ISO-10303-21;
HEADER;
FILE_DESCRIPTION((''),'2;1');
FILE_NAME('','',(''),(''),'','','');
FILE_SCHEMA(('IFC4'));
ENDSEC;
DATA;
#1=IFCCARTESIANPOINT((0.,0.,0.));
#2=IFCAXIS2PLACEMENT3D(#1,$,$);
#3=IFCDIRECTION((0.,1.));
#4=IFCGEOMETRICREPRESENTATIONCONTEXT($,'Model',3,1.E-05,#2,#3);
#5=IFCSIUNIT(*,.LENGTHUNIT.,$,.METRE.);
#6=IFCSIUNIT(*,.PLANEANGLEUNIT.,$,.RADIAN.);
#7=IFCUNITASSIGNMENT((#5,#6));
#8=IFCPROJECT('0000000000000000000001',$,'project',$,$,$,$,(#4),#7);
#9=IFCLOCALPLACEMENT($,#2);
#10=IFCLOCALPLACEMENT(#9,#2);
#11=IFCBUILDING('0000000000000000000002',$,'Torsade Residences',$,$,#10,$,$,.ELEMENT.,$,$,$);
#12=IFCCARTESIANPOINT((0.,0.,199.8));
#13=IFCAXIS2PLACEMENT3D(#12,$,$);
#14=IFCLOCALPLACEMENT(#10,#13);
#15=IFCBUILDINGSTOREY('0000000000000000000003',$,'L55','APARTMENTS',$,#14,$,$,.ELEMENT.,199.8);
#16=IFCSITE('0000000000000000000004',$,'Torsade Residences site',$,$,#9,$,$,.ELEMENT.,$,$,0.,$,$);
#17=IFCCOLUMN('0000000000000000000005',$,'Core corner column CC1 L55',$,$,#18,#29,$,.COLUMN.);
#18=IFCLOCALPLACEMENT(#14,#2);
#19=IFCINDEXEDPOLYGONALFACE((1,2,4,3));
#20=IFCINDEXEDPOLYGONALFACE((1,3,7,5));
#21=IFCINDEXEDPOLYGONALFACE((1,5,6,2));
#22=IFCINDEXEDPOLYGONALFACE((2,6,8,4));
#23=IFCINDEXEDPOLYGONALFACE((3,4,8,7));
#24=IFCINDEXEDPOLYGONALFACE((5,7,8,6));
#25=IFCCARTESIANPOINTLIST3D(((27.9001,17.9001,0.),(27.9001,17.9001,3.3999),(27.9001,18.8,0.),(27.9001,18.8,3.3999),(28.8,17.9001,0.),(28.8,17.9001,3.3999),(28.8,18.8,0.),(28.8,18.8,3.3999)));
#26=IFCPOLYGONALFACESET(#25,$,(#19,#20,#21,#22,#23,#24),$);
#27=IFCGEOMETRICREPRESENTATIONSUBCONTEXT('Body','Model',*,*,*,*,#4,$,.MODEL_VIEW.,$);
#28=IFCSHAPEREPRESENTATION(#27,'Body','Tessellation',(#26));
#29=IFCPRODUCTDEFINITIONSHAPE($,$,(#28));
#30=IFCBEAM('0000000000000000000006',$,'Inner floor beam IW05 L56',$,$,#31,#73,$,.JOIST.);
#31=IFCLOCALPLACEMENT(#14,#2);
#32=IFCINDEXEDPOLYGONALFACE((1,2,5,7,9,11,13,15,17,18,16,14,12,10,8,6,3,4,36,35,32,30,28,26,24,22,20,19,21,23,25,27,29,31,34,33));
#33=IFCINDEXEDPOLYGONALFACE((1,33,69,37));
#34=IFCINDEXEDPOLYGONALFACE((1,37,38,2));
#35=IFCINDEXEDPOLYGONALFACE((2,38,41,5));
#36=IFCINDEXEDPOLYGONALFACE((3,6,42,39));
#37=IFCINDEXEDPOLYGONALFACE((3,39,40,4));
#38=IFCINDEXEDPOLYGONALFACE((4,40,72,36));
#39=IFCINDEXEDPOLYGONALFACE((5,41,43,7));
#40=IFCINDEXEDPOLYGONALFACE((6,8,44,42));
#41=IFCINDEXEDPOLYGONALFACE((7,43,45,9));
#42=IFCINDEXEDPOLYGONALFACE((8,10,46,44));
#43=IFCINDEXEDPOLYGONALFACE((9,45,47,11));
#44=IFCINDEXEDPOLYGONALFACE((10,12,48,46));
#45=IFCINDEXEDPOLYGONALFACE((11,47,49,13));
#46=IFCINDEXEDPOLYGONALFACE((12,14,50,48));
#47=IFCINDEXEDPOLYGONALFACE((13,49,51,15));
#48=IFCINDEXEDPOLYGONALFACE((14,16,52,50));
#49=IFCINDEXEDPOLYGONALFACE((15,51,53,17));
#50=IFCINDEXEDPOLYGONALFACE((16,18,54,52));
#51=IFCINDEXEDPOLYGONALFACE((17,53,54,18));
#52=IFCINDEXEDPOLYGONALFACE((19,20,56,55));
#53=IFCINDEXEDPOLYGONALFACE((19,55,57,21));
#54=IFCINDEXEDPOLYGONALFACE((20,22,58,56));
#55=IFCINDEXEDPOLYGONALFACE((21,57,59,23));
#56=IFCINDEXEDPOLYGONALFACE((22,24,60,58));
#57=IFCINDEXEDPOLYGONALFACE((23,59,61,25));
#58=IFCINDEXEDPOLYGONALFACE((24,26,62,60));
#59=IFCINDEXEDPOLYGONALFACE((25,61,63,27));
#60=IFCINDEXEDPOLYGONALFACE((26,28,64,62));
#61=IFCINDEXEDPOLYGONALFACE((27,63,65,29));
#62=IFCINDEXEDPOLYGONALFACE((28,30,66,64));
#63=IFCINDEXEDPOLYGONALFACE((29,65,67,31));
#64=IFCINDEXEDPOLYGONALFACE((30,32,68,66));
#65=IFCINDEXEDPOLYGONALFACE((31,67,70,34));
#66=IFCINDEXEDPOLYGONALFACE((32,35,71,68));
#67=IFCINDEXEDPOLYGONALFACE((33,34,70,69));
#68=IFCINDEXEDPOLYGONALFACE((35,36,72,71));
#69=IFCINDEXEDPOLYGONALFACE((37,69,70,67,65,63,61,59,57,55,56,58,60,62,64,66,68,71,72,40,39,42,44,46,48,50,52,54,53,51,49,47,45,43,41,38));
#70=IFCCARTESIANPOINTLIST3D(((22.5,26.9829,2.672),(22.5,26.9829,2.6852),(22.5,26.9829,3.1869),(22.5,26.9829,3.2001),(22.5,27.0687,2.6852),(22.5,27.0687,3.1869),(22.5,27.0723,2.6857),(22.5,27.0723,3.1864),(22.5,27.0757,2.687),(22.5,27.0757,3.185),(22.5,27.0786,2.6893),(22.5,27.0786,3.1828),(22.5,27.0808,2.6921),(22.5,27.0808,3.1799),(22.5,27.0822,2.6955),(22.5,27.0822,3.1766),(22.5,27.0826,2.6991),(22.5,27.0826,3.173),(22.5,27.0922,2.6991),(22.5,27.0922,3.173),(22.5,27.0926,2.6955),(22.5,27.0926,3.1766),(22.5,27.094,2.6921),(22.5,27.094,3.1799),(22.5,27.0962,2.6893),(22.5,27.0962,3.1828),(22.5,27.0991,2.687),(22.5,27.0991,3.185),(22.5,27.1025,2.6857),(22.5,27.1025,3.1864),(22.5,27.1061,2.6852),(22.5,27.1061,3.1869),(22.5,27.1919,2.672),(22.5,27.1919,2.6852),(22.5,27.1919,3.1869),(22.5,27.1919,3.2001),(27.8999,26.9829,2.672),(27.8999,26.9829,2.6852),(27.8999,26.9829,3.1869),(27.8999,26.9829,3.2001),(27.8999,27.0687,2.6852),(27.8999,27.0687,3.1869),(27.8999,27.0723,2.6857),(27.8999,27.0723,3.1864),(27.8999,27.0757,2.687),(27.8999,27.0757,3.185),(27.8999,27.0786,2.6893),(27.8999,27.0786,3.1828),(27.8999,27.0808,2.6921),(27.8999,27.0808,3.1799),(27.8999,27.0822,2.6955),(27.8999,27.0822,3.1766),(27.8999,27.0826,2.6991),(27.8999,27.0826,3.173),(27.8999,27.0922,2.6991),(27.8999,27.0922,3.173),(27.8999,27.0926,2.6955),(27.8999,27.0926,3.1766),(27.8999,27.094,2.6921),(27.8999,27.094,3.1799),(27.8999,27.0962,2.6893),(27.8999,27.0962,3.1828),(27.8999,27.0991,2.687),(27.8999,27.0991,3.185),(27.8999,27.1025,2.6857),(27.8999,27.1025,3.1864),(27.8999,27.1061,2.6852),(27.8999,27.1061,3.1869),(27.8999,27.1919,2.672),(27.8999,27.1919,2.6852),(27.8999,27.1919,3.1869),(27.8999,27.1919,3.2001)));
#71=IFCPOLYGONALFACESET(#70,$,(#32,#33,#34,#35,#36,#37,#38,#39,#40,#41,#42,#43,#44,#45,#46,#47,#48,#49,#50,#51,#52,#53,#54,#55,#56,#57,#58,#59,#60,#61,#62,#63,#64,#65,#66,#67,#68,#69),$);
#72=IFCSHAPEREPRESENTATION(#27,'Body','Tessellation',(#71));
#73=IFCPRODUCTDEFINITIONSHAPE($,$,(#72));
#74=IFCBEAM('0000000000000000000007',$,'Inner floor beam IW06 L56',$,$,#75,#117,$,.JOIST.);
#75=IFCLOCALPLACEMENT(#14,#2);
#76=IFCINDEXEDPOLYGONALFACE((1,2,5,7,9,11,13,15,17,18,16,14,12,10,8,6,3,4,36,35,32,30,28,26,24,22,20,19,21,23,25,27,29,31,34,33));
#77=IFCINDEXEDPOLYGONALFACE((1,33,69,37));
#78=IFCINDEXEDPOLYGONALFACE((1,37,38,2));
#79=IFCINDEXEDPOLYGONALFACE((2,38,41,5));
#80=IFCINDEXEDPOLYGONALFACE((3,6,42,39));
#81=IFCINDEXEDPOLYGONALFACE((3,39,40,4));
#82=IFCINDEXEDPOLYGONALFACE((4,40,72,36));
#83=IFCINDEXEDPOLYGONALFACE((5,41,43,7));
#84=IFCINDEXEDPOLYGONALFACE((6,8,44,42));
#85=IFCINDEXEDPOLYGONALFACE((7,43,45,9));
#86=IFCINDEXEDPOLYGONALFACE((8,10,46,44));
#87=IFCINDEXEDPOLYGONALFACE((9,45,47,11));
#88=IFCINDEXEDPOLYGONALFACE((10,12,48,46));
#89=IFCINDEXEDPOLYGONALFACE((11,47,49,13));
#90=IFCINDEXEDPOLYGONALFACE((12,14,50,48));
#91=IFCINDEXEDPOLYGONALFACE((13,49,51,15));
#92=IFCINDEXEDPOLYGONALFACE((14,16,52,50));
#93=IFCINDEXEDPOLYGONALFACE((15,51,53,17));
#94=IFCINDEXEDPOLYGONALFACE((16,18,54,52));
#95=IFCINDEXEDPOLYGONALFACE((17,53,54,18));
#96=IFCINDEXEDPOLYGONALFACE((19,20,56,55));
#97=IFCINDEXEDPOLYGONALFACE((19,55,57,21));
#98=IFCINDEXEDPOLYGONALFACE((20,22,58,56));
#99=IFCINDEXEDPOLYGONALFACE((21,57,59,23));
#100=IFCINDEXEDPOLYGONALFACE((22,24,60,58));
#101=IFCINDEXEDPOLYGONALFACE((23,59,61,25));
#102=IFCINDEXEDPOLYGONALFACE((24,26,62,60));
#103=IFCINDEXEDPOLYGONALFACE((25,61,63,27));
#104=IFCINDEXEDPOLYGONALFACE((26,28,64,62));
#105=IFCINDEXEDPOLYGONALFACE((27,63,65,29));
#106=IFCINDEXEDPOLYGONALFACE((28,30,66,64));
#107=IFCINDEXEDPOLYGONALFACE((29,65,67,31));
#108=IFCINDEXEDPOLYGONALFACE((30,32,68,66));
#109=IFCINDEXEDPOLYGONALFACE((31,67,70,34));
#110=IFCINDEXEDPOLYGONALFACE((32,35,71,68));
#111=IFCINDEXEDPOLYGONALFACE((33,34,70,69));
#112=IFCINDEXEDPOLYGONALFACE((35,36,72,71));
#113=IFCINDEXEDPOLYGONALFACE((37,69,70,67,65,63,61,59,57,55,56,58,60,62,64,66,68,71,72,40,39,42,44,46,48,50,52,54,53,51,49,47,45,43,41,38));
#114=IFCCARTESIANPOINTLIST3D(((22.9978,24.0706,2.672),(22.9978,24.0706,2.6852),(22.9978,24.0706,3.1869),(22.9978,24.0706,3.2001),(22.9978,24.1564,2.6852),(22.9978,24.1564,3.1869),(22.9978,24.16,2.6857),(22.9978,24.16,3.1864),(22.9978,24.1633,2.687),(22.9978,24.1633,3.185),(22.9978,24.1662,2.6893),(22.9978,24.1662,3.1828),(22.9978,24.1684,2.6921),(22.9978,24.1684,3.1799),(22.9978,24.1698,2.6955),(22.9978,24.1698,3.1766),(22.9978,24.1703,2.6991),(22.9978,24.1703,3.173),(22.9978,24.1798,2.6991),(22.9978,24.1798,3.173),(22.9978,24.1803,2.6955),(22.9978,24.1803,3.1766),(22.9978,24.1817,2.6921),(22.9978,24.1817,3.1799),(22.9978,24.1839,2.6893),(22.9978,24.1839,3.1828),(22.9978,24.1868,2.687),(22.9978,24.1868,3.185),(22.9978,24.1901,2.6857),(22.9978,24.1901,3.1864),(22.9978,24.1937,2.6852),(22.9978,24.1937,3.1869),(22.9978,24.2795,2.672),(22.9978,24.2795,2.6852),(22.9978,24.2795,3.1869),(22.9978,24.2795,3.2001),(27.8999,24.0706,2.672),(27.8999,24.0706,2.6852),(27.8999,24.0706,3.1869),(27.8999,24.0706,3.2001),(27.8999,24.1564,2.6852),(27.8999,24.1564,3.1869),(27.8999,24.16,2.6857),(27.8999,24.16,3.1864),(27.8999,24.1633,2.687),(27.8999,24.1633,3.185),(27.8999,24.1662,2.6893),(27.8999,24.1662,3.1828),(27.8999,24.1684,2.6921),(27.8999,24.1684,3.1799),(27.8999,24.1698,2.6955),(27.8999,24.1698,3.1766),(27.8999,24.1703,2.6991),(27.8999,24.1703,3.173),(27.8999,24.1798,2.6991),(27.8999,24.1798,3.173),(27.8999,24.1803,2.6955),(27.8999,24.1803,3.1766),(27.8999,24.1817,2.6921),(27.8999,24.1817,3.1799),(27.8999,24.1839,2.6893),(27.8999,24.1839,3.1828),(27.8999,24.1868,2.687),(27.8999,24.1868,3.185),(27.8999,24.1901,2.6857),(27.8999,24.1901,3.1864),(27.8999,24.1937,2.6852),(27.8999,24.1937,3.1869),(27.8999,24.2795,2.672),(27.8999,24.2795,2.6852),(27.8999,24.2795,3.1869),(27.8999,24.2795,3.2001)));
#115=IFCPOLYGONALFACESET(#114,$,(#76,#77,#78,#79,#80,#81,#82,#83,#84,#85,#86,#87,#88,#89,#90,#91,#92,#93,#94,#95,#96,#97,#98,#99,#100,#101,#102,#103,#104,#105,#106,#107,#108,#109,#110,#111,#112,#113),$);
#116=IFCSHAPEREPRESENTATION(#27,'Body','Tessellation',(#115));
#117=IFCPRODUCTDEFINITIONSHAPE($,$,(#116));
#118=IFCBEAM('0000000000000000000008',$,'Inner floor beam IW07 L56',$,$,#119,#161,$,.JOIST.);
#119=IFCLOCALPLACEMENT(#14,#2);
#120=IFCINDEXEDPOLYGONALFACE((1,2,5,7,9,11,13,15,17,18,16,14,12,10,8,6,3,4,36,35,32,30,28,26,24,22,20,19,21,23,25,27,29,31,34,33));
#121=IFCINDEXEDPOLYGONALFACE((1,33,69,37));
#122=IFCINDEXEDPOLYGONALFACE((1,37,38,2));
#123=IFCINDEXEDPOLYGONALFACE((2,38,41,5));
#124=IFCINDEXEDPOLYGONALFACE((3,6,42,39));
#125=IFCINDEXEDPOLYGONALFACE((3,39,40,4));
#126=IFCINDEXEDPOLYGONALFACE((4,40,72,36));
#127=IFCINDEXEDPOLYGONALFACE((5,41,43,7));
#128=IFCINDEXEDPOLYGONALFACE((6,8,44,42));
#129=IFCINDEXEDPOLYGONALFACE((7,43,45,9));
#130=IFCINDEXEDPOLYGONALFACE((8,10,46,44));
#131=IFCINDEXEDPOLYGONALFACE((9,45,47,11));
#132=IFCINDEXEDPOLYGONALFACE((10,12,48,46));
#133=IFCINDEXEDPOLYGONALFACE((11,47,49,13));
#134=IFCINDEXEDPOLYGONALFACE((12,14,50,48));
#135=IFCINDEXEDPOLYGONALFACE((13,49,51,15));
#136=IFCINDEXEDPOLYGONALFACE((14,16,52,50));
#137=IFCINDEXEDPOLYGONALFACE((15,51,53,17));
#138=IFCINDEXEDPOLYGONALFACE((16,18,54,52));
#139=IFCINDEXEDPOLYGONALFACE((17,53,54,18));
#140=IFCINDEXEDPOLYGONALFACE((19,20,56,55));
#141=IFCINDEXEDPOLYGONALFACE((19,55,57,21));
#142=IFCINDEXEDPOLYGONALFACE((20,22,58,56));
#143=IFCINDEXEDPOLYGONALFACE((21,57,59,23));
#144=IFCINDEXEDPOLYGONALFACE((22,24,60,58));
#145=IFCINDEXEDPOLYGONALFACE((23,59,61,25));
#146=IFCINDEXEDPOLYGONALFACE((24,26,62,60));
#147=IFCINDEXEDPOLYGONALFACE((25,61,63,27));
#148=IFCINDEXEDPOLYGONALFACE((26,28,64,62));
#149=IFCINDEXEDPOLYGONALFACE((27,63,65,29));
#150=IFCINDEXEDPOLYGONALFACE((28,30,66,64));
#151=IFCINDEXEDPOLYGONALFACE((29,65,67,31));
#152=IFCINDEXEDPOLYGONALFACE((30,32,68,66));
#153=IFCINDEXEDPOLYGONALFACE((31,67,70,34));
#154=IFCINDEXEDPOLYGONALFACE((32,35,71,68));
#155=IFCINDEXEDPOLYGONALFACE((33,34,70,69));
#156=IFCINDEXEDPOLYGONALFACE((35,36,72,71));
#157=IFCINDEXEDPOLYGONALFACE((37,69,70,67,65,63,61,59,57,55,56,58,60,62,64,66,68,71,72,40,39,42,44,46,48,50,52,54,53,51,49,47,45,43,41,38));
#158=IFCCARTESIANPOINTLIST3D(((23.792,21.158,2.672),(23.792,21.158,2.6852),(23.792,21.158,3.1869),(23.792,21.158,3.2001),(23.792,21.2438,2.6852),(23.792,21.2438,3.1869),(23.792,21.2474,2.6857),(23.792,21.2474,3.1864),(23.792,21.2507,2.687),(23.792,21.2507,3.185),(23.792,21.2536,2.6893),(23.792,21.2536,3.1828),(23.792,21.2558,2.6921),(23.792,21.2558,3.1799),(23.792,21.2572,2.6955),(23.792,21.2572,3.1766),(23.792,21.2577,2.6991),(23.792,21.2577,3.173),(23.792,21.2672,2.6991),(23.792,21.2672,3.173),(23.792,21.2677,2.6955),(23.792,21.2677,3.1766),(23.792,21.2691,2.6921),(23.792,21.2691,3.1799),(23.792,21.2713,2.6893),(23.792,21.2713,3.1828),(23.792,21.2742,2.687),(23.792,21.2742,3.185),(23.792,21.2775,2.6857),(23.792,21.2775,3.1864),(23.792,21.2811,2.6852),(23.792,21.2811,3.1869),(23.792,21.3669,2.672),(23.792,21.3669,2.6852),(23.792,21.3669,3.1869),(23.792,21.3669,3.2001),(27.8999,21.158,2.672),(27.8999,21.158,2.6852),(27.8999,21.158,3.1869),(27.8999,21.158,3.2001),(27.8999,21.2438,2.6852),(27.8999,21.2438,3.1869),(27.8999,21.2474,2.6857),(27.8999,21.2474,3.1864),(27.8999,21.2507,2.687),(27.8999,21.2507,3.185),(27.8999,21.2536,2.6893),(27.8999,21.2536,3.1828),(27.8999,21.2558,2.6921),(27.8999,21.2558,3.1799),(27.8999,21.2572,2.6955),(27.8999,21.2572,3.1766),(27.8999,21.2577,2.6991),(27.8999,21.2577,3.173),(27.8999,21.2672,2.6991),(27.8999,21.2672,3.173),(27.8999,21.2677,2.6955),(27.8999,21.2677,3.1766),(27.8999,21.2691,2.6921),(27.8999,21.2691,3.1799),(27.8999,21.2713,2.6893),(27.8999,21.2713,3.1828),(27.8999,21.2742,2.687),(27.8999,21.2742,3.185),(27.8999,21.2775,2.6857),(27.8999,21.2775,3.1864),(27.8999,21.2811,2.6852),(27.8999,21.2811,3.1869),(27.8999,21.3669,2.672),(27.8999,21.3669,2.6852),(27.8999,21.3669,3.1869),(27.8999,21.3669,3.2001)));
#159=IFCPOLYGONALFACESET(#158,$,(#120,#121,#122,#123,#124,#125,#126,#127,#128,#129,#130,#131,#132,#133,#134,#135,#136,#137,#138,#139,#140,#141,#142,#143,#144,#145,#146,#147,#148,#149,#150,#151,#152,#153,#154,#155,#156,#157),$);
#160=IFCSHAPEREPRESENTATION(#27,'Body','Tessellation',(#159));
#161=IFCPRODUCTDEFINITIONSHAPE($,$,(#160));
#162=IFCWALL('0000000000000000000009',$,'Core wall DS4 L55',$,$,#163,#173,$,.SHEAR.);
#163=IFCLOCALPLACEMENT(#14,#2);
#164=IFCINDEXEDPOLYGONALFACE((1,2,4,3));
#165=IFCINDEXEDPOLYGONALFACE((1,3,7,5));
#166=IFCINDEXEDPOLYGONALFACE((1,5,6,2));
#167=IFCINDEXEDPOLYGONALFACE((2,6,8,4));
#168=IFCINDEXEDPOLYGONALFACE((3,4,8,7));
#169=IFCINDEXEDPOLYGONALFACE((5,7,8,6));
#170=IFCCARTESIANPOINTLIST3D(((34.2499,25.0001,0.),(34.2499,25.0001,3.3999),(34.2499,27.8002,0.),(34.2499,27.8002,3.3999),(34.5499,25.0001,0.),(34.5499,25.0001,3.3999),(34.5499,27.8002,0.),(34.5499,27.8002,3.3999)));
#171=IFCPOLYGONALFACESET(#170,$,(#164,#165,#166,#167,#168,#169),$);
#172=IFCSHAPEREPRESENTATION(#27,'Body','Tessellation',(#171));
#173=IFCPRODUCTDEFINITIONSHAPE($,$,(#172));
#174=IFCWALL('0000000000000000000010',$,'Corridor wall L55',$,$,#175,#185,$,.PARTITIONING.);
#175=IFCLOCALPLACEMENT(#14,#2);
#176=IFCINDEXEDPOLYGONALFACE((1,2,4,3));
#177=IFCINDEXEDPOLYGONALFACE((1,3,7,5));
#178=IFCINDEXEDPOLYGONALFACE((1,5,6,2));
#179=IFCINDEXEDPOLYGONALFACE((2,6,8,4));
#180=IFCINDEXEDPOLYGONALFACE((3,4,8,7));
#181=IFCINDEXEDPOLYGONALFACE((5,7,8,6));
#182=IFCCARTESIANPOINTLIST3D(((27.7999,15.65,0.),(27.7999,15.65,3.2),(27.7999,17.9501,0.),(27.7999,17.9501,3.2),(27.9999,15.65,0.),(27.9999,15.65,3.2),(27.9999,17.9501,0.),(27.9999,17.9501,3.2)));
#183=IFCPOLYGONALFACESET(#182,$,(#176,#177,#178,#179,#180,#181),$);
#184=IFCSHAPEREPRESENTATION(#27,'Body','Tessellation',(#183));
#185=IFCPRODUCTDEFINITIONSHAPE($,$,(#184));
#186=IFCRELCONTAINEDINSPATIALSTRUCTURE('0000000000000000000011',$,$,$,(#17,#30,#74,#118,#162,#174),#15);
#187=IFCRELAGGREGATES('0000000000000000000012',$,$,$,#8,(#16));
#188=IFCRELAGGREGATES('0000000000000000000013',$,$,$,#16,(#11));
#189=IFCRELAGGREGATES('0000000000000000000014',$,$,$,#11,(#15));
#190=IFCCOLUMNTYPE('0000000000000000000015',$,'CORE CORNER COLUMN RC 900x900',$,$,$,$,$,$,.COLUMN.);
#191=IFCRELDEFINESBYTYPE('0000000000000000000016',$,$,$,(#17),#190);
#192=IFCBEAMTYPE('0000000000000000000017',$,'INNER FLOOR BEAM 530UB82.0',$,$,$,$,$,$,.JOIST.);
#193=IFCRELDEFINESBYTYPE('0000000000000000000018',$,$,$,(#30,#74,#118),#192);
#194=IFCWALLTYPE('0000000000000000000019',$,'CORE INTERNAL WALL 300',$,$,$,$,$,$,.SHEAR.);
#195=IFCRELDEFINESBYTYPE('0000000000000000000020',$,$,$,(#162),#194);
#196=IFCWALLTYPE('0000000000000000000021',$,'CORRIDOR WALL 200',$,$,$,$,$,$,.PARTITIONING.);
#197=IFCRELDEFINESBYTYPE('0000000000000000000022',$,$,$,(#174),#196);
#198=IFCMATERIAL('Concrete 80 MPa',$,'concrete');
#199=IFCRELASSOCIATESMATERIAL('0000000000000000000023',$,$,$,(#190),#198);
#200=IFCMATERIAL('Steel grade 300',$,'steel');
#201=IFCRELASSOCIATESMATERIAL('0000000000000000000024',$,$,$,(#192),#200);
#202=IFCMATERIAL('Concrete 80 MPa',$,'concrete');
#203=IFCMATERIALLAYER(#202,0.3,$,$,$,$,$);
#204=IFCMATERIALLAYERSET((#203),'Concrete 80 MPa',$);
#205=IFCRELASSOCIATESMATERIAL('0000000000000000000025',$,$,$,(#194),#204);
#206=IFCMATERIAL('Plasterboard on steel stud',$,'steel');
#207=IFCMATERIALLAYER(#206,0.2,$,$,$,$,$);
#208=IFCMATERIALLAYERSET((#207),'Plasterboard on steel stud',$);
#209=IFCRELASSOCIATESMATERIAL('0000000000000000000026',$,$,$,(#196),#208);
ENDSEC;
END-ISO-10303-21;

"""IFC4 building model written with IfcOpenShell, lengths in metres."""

from ifc_helpers import new_model, si_unit, direction, frame, frame_2d, origin, origin_2d, place, context, subcontext, project, spatial, rectangle, i_section, extrude, material, layer, layer_set, material_profile, profile_set, type_object, element, save


model = new_model("IFC4")

# Units and contexts
model_context = context("Model", 3, precision=1e-05, world=origin(), true_north=direction((0.0, 1.0)))
body_context = subcontext(model_context, "Body", "Model", "MODEL_VIEW")
ifc_project = project(units=[si_unit("LENGTHUNIT", "METRE"), si_unit("PLANEANGLEUNIT", "RADIAN")], contexts=[model_context])

# Site, building, storey
site_placement = place(None, origin())
site = spatial("IfcSite", under=ifc_project, at=site_placement, Name="Torsade Residences site", CompositionType="ELEMENT", RefElevation=0.0)
building_placement = place(site_placement, origin())
building = spatial("IfcBuilding", under=site, at=building_placement, Name="Torsade Residences", CompositionType="ELEMENT")
storey_placement = place(building_placement, frame((0.0, 0.0, 199.8)))
storey = spatial("IfcBuildingStorey", under=building, at=storey_placement, Name="L55", Description="APARTMENTS", CompositionType="ELEMENT", Elevation=199.8)

# Column
ifc_material_1 = material(Name="Concrete 80 MPa", Category="concrete")
ifc_material_profile_1 = material_profile(ifc_material_1, rectangle(XDim=0.8999, YDim=0.8999, at=origin_2d()), Name="RC 900x900")
ifc_profile_set_1 = profile_set([ifc_material_profile_1], Name="Concrete 80 MPa")
column_type = type_object("IfcColumnType", Name="CORE CORNER COLUMN RC 900x900", PredefinedType="COLUMN", material=ifc_profile_set_1)
column_placement = place(storey_placement, frame((28.3501, 18.3501, 0.0), z_axis=(0.0, 0.0, 1.0), x_axis=(1.0, 0.0, 0.0)))
element("IfcColumn", 1, at=column_placement, inside=storey, type_object=column_type, Name="Core corner column CC1 L55", PredefinedType="COLUMN", context=body_context, shape_type="SweptSolid", body=[
    extrude(rectangle(XDim=0.8999, YDim=0.8999, at=origin_2d()), origin(), (0.0, 0.0, 1.0), 3.3999),
])

# Beams
ifc_material_2 = material(Name="Steel grade 300", Category="steel")
ifc_material_profile_2 = material_profile(ifc_material_2, i_section(OverallWidth=0.209, OverallDepth=0.5281, WebThickness=0.0095, FlangeThickness=0.0132, FilletRadius=0.0139, at=origin_2d()), Name="530UB82.0")
ifc_profile_set_2 = profile_set([ifc_material_profile_2], Name="Steel grade 300")
beam_type = type_object("IfcBeamType", Name="INNER FLOOR BEAM 530UB82.0", PredefinedType="JOIST", material=ifc_profile_set_2)
beam_1_placement = place(storey_placement, frame((27.8999, 27.0874, 2.936), z_axis=(-1.0, 0.0, 0.0), x_axis=(0.0, -1.0, 0.0)))
element("IfcBeam", 2, at=beam_1_placement, inside=storey, type_object=beam_type, Name="Inner floor beam IW05 L56", PredefinedType="JOIST", context=body_context, shape_type="SweptSolid", body=[
    extrude(i_section(OverallWidth=0.209, OverallDepth=0.5281, WebThickness=0.0095, FlangeThickness=0.0132, FilletRadius=0.0139, at=origin_2d()), origin(), (0.0, 0.0, 1.0), 5.3999),
])
beam_2_placement = place(storey_placement, frame((27.8999, 24.175, 2.936), z_axis=(-1.0, 0.0, 0.0), x_axis=(0.0, -1.0, 0.0)))
element("IfcBeam", 3, at=beam_2_placement, inside=storey, type_object=beam_type, Name="Inner floor beam IW06 L56", PredefinedType="JOIST", context=body_context, shape_type="SweptSolid", body=[
    extrude(i_section(OverallWidth=0.209, OverallDepth=0.5281, WebThickness=0.0095, FlangeThickness=0.0132, FilletRadius=0.0139, at=origin_2d()), origin(), (0.0, 0.0, 1.0), 4.9021),
])
beam_3_placement = place(storey_placement, frame((27.8999, 21.2625, 2.936), z_axis=(-1.0, 0.0, 0.0), x_axis=(0.0, -1.0, 0.0)))
element("IfcBeam", 4, at=beam_3_placement, inside=storey, type_object=beam_type, Name="Inner floor beam IW07 L56", PredefinedType="JOIST", context=body_context, shape_type="SweptSolid", body=[
    extrude(i_section(OverallWidth=0.209, OverallDepth=0.5281, WebThickness=0.0095, FlangeThickness=0.0132, FilletRadius=0.0139, at=origin_2d()), origin(), (0.0, 0.0, 1.0), 4.1079),
])

# Walls
ifc_material_3 = material(Name="Concrete 80 MPa", Category="concrete")
ifc_layer_1 = layer(ifc_material_3, 0.3)
ifc_layer_set_1 = layer_set([ifc_layer_1], Name="Concrete 80 MPa")
wall_type_1 = type_object("IfcWallType", Name="CORE INTERNAL WALL 300", PredefinedType="SHEAR", material=ifc_layer_set_1)
wall_1_placement = place(storey_placement, frame((34.3999, 27.8, 0.0), z_axis=(0.0, 0.0, 1.0), x_axis=(0.0, -1.0, 0.0)))
element("IfcWall", 5, at=wall_1_placement, inside=storey, type_object=wall_type_1, Name="Core wall DS4 L55", PredefinedType="SHEAR", context=body_context, shape_type="SweptSolid", body=[
    extrude(rectangle(XDim=2.8, YDim=0.3, at=frame_2d((1.3999, 0.0))), origin(), (0.0, 0.0, 1.0), 3.3999),
])
ifc_material_4 = material(Name="Plasterboard on steel stud", Category="steel")
ifc_layer_2 = layer(ifc_material_4, 0.2)
ifc_layer_set_2 = layer_set([ifc_layer_2], Name="Plasterboard on steel stud")
wall_type_2 = type_object("IfcWallType", Name="CORRIDOR WALL 200", PredefinedType="PARTITIONING", material=ifc_layer_set_2)
wall_2_placement = place(storey_placement, frame((27.8999, 17.95, 0.0), z_axis=(0.0, 0.0, 1.0), x_axis=(0.0, -1.0, 0.0)))
element("IfcWall", 6, at=wall_2_placement, inside=storey, type_object=wall_type_2, Name="Corridor wall L55", PredefinedType="PARTITIONING", context=body_context, shape_type="SweptSolid", body=[
    extrude(rectangle(XDim=2.3, YDim=0.2, at=frame_2d((1.1499, 0.0))), origin(), (0.0, 0.0, 1.0), 3.2),
])

save(model, "model.ifc")
